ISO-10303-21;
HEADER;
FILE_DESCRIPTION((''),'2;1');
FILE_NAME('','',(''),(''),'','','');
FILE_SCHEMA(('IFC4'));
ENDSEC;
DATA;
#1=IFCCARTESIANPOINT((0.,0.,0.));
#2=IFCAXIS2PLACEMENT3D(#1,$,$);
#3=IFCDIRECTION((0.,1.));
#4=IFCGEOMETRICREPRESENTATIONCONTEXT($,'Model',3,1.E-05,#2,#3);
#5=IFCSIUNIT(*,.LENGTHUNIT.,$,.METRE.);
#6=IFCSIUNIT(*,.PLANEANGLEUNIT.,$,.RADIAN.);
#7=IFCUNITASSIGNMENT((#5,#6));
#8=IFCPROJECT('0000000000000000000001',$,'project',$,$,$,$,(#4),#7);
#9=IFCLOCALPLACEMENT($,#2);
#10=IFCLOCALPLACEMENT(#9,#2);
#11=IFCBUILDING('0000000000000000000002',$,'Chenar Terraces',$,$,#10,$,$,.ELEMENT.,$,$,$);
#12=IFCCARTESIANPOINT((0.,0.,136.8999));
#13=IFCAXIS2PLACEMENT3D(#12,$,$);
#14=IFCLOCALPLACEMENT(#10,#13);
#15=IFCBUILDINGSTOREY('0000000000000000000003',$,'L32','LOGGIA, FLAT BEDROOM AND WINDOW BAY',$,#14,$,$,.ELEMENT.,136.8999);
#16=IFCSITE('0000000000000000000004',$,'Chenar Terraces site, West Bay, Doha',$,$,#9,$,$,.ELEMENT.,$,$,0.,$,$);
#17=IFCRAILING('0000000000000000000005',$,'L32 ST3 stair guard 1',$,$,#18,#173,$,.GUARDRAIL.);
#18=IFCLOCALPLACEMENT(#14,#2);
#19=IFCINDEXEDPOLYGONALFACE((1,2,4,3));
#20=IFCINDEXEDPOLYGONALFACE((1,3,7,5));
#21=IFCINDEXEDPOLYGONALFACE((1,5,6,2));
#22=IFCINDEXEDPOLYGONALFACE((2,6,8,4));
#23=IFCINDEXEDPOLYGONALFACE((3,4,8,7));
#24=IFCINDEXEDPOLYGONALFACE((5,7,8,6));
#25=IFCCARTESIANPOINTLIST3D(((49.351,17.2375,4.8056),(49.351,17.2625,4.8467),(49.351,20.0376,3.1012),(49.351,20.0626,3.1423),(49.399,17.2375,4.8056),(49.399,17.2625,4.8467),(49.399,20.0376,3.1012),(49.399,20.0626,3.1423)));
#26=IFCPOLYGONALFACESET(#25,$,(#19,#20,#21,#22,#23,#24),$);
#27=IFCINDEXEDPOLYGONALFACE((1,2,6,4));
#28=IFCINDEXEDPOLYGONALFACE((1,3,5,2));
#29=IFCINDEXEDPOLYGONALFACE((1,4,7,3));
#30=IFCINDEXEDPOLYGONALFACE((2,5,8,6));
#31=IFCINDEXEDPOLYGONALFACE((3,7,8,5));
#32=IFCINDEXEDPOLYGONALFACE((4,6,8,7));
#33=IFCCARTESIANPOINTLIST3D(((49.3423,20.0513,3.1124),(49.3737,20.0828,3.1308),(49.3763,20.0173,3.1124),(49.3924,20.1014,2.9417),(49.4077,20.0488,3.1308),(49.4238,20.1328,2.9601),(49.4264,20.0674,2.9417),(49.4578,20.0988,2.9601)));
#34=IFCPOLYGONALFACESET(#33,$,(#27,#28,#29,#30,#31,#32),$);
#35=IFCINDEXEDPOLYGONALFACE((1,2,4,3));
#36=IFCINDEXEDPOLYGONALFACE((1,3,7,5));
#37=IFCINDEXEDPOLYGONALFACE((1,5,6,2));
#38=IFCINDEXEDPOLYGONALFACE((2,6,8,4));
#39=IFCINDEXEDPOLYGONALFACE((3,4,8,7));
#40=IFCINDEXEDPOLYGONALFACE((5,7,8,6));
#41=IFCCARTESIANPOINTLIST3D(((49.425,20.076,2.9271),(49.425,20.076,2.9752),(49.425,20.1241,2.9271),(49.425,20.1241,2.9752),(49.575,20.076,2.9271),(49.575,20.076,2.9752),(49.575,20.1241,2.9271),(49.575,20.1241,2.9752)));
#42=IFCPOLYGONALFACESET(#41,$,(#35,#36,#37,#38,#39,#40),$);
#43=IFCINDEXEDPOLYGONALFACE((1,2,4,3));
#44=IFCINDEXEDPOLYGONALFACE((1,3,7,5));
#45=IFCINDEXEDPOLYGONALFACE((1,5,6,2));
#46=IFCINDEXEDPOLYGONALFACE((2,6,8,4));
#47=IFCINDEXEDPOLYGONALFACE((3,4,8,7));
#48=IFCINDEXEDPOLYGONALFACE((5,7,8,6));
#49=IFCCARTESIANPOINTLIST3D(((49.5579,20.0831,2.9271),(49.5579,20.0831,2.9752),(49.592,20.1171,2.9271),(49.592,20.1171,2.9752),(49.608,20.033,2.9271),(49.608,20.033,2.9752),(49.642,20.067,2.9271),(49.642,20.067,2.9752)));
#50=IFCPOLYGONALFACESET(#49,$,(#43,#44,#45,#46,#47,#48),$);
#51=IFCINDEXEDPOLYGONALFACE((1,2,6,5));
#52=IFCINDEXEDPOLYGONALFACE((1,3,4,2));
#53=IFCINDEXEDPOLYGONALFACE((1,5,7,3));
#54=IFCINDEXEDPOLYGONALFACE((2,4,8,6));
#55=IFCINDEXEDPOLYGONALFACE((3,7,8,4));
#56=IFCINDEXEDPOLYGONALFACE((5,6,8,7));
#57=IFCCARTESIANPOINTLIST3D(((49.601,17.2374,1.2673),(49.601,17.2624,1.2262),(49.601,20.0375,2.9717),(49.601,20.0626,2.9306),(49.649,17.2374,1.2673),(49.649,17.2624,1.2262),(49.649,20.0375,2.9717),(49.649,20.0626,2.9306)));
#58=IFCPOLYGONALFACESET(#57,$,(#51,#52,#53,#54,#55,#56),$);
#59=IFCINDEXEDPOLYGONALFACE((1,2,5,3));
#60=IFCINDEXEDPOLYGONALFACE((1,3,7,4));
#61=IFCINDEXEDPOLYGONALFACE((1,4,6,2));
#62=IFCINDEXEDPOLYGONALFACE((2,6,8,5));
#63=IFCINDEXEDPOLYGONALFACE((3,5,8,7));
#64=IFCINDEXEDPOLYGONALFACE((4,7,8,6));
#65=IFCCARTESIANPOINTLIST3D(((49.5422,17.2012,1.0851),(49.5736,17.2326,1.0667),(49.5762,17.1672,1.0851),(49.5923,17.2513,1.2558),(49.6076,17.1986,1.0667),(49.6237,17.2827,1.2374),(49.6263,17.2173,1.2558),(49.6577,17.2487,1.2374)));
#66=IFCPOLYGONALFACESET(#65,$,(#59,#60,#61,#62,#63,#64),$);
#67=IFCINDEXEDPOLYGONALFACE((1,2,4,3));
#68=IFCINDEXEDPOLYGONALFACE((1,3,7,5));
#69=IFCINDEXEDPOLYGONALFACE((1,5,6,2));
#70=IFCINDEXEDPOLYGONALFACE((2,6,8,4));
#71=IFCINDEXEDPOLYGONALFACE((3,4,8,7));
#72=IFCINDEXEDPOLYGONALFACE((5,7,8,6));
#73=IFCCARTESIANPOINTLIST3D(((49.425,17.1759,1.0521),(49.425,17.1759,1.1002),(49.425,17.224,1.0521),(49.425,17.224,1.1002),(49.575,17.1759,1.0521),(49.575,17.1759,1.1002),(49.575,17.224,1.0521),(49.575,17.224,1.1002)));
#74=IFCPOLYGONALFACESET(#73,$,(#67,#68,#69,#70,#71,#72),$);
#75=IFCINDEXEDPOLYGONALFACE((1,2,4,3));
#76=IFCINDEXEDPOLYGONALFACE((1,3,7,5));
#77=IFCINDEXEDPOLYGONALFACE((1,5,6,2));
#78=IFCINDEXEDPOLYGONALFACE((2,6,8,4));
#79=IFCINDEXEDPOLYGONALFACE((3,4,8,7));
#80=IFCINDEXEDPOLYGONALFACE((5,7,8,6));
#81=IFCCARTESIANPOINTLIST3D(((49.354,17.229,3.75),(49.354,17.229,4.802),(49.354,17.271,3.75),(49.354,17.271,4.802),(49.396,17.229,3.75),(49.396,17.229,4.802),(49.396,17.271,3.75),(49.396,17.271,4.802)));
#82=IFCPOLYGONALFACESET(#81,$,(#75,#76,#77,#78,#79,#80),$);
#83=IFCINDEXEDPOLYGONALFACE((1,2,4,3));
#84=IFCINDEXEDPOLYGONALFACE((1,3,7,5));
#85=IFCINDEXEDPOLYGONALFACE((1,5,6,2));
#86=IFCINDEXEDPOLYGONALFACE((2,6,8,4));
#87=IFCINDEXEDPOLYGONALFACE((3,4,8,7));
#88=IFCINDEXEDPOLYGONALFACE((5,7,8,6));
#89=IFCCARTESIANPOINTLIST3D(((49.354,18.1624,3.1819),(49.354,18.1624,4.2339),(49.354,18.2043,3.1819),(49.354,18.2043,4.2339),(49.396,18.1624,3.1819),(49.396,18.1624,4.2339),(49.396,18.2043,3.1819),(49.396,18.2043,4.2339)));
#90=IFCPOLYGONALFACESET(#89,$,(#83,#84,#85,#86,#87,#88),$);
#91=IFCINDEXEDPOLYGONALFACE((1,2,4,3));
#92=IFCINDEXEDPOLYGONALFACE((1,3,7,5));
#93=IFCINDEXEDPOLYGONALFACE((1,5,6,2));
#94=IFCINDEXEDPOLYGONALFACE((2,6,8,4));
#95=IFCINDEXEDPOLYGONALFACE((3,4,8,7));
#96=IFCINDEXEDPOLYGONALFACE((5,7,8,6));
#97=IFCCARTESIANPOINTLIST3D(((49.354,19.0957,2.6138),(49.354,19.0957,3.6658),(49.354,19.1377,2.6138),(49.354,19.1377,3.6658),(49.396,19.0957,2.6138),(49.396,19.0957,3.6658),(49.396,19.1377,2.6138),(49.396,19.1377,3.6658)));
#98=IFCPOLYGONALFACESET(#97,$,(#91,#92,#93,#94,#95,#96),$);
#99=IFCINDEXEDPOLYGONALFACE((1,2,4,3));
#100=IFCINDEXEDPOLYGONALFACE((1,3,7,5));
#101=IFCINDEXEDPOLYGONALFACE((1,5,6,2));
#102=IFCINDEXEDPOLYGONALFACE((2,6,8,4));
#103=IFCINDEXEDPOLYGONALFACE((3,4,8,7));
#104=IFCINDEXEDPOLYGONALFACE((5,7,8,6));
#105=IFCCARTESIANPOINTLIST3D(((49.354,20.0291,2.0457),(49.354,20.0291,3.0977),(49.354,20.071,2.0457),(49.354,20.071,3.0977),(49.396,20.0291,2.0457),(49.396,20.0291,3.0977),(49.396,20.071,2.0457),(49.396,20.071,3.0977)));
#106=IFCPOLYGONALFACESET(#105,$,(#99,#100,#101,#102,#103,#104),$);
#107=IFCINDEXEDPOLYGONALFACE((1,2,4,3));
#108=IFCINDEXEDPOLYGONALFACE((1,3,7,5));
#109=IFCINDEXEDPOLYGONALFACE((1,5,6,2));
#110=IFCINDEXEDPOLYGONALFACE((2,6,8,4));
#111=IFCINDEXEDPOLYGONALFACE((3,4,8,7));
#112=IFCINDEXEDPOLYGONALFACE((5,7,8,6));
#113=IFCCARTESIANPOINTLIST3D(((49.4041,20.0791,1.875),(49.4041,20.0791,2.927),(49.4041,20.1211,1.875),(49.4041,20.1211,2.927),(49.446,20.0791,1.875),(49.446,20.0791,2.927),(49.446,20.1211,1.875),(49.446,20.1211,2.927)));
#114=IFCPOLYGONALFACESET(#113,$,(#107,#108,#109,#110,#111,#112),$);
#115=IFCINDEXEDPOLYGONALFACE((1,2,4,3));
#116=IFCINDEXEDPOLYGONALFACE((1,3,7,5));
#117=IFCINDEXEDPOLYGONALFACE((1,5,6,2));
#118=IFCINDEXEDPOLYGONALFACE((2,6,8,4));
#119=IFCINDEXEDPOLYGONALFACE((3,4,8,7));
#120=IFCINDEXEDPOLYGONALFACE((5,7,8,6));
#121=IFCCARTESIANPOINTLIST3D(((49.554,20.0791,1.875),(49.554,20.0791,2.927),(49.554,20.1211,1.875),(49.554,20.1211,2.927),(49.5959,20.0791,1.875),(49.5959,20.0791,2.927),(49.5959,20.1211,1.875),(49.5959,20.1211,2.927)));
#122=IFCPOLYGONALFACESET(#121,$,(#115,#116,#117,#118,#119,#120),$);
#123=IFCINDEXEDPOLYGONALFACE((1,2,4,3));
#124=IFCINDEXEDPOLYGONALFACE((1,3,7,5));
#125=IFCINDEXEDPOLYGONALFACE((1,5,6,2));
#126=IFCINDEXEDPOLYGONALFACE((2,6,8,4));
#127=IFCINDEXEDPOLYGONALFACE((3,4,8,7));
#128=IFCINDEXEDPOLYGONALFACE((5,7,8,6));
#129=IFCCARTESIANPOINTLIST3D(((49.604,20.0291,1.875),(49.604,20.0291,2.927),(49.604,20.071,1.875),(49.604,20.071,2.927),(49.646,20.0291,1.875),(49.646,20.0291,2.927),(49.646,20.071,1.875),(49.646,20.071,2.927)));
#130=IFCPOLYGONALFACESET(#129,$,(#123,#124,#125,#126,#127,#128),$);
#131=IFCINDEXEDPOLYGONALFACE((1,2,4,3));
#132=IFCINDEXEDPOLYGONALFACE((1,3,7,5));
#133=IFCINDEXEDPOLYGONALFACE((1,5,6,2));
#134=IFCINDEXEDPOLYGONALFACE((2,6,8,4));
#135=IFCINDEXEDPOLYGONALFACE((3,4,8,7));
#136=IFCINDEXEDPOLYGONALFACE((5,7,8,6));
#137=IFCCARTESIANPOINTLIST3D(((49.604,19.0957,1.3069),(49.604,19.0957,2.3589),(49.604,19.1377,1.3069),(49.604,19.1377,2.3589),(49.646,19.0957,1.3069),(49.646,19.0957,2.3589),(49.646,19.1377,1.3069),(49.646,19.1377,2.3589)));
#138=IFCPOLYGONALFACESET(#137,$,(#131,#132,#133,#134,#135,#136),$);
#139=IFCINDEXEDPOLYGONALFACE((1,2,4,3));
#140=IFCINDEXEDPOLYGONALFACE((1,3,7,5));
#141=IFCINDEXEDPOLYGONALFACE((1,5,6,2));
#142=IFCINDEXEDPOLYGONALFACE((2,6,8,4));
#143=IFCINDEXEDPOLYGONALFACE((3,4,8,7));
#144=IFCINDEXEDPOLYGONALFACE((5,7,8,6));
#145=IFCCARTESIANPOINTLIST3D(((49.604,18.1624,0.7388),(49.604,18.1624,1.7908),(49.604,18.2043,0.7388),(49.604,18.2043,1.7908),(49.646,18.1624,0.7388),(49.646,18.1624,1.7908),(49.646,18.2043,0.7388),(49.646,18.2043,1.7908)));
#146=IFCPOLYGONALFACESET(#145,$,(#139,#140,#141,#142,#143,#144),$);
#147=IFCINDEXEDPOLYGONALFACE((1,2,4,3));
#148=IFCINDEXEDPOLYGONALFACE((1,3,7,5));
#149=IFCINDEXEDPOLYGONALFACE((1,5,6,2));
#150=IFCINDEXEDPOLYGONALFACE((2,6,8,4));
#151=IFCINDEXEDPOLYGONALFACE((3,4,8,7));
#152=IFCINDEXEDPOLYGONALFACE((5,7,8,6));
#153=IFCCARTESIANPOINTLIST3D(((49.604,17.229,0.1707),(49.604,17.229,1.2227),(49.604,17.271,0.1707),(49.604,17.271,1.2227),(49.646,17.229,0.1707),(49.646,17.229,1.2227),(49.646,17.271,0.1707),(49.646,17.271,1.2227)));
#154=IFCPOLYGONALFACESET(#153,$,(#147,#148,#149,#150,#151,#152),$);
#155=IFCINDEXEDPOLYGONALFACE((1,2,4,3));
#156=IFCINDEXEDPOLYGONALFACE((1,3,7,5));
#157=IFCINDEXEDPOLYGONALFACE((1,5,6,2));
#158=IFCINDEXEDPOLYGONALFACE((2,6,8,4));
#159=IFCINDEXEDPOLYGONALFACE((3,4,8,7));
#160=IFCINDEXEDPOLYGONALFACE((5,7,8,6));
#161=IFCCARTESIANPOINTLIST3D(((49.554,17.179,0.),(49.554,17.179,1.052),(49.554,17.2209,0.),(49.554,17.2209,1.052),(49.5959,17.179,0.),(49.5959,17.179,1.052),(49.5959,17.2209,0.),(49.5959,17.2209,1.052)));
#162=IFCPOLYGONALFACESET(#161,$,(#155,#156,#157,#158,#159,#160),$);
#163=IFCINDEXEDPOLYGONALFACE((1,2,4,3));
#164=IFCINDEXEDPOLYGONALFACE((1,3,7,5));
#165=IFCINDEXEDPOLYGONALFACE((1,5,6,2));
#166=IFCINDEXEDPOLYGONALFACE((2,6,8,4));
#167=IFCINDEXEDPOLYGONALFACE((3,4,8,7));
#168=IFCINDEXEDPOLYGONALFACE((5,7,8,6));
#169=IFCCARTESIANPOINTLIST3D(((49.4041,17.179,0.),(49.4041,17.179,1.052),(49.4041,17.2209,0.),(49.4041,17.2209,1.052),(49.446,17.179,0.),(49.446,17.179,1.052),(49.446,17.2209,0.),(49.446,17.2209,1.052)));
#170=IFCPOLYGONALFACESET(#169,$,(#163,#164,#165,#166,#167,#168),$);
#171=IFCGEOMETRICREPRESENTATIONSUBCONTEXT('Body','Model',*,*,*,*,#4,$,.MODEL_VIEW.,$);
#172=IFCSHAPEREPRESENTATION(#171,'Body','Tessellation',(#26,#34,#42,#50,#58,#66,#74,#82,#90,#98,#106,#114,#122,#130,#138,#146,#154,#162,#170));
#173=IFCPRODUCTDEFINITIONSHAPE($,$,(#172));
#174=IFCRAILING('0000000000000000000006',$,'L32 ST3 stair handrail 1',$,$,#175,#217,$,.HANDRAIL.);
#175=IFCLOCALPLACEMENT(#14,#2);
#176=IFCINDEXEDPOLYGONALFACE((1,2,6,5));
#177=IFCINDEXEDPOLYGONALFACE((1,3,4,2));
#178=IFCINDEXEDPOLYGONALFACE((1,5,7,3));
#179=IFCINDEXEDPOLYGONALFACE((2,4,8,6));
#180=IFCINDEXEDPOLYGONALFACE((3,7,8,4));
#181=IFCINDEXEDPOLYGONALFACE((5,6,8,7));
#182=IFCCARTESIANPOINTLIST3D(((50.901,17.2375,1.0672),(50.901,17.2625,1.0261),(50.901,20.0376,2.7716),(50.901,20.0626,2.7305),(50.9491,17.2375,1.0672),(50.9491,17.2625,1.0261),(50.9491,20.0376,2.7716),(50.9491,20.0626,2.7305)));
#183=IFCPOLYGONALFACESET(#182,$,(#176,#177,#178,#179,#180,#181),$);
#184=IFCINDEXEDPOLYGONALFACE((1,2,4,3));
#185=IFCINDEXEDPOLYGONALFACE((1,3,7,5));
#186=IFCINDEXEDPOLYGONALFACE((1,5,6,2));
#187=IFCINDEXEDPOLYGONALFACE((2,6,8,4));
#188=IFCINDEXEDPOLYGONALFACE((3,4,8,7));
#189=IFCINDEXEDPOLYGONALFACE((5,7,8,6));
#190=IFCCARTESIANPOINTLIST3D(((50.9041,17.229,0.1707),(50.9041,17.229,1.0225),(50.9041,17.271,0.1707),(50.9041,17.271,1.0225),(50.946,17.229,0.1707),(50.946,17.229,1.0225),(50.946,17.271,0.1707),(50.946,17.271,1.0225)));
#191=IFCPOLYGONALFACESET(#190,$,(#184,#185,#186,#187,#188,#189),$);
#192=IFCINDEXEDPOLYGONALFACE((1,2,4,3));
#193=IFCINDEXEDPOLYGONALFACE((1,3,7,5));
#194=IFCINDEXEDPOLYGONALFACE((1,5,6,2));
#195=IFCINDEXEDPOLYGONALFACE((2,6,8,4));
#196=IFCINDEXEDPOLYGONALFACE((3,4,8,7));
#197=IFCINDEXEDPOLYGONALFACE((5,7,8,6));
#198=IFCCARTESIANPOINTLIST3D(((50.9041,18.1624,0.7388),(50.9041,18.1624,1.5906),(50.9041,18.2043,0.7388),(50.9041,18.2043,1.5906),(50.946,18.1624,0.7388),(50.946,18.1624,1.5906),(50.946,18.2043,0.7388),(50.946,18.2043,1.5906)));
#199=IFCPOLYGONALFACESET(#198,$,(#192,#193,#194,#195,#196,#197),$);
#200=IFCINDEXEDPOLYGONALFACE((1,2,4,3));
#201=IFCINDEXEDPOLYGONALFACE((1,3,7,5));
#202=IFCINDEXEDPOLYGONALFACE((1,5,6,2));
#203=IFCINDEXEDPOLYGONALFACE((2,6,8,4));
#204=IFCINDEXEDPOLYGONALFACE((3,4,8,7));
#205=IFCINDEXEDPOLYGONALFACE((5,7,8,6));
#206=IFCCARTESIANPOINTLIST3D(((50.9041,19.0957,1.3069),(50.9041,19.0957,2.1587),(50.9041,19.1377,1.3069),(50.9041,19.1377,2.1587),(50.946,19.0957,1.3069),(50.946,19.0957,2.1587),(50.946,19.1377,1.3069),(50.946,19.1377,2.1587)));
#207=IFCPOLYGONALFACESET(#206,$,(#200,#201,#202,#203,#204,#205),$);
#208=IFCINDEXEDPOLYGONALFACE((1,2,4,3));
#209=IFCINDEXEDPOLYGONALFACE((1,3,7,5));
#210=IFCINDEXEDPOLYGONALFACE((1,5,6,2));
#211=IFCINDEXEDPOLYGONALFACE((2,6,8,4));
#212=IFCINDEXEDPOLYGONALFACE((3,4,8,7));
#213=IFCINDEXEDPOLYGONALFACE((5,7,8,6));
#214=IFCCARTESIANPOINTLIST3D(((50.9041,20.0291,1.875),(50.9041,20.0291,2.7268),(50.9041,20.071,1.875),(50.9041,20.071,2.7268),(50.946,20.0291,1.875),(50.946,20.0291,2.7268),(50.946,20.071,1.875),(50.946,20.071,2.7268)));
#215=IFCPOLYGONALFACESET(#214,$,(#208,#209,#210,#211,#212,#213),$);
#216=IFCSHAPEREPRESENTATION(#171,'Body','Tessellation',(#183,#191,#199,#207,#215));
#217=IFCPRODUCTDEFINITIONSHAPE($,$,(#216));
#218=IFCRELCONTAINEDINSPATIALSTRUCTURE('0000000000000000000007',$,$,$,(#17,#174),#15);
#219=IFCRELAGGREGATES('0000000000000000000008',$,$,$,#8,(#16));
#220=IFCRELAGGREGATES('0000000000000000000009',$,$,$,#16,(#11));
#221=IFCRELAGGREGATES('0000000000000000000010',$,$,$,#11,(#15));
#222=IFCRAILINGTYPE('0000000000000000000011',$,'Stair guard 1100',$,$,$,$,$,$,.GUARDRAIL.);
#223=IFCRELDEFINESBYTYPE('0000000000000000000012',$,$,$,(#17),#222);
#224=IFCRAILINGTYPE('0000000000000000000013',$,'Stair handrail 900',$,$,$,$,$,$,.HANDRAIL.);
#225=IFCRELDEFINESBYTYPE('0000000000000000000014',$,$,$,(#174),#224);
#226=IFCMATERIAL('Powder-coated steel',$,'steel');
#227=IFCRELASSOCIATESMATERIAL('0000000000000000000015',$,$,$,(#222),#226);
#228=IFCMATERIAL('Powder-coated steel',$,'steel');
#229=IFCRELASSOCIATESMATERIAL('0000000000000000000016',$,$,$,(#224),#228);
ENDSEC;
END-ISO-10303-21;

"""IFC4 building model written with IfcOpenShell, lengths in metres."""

from ifc_helpers import new_model, si_unit, direction, frame, origin, origin_2d, place, context, subcontext, project, spatial, rectangle, extrude, material, type_object, element, save


model = new_model("IFC4")

# Units and contexts
model_context = context("Model", 3, precision=1e-05, world=origin(), true_north=direction((0.0, 1.0)))
body_context = subcontext(model_context, "Body", "Model", "MODEL_VIEW")
ifc_project = project(units=[si_unit("LENGTHUNIT", "METRE"), si_unit("PLANEANGLEUNIT", "RADIAN")], contexts=[model_context])

# Site, building, storey
site_placement = place(None, origin())
site = spatial("IfcSite", under=ifc_project, at=site_placement, Name="Chenar Terraces site, West Bay, Doha", CompositionType="ELEMENT", RefElevation=0.0)
building_placement = place(site_placement, origin())
building = spatial("IfcBuilding", under=site, at=building_placement, Name="Chenar Terraces", CompositionType="ELEMENT")
storey_placement = place(building_placement, frame((0.0, 0.0, 136.8999)))
storey = spatial("IfcBuildingStorey", under=building, at=storey_placement, Name="L32", Description="LOGGIA, FLAT BEDROOM AND WINDOW BAY", CompositionType="ELEMENT", Elevation=136.8999)

# Railings
ifc_material_1 = material(Name="Powder-coated steel", Category="steel")
railing_type_1 = type_object("IfcRailingType", Name="Stair guard 1100", PredefinedType="GUARDRAIL", material=ifc_material_1)
railing_1_placement = place(storey_placement, frame((49.375, 17.25, 3.75)))
element("IfcRailing", 1, at=railing_1_placement, inside=storey, type_object=railing_type_1, Name="L32 ST3 stair guard 1", PredefinedType="GUARDRAIL", context=body_context, shape_type="SweptSolid", body=[
    extrude(rectangle(XDim=0.0481, YDim=0.0481, at=origin_2d()), frame((0.0, 0.0, 1.0762), z_axis=(0.0, 0.854203, -0.51994), x_axis=(-1.0, 0.0, 0.0)), (0.0, 0.0, 1.0), 3.2781),
    extrude(rectangle(XDim=0.0481, YDim=0.0481, at=origin_2d()), frame((0.0, 2.8, -0.6284), z_axis=(0.2709, 0.2709, -0.923703), x_axis=(-0.707107, 0.707107, 0.0)), (0.0, 0.0, 1.0), 0.1848),
    extrude(rectangle(XDim=0.0481, YDim=0.0481, at=origin_2d()), frame((0.05, 2.8501, -0.7988), z_axis=(1.0, 0.0, 0.0), x_axis=(0.0, 1.0, 0.0)), (0.0, 0.0, 1.0), 0.1499),
    extrude(rectangle(XDim=0.0481, YDim=0.0481, at=origin_2d()), frame((0.2, 2.8501, -0.7988), z_axis=(0.707107, -0.707107, 0.0), x_axis=(0.707107, 0.707107, 0.0)), (0.0, 0.0, 1.0), 0.0708),
    extrude(rectangle(XDim=0.0481, YDim=0.0481, at=origin_2d()), frame((0.25, 2.8, -0.7988), z_axis=(0.0, -0.854203, -0.51994), x_axis=(1.0, 0.0, 0.0)), (0.0, 0.0, 1.0), 3.2781),
    extrude(rectangle(XDim=0.0481, YDim=0.0481, at=origin_2d()), frame((0.25, 0.0, -2.5034), z_axis=(-0.2709, -0.2709, -0.923703), x_axis=(0.707107, -0.707107, 0.0)), (0.0, 0.0, 1.0), 0.1848),
    extrude(rectangle(XDim=0.0481, YDim=0.0481, at=origin_2d()), frame((0.2, -0.05, -2.6738), z_axis=(-1.0, 0.0, 0.0), x_axis=(0.0, -1.0, 0.0)), (0.0, 0.0, 1.0), 0.1499),
    extrude(rectangle(XDim=0.042, YDim=0.042, at=origin_2d()), origin(), (0.0, 0.0, 1.0), 1.052),
    extrude(rectangle(XDim=0.042, YDim=0.042, at=origin_2d()), frame((0.0, 0.9333, -0.5681)), (0.0, 0.0, 1.0), 1.052),
    extrude(rectangle(XDim=0.042, YDim=0.042, at=origin_2d()), frame((0.0, 1.8667, -1.1362)), (0.0, 0.0, 1.0), 1.052),
    extrude(rectangle(XDim=0.042, YDim=0.042, at=origin_2d()), frame((0.0, 2.8, -1.7043)), (0.0, 0.0, 1.0), 1.052),
    extrude(rectangle(XDim=0.042, YDim=0.042, at=origin_2d()), frame((0.05, 2.8501, -1.875)), (0.0, 0.0, 1.0), 1.052),
    extrude(rectangle(XDim=0.042, YDim=0.042, at=origin_2d()), frame((0.2, 2.8501, -1.875)), (0.0, 0.0, 1.0), 1.052),
    extrude(rectangle(XDim=0.042, YDim=0.042, at=origin_2d()), frame((0.25, 2.8, -1.875)), (0.0, 0.0, 1.0), 1.052),
    extrude(rectangle(XDim=0.042, YDim=0.042, at=origin_2d()), frame((0.25, 1.8667, -2.4431)), (0.0, 0.0, 1.0), 1.052),
    extrude(rectangle(XDim=0.042, YDim=0.042, at=origin_2d()), frame((0.25, 0.9333, -3.0112)), (0.0, 0.0, 1.0), 1.052),
    extrude(rectangle(XDim=0.042, YDim=0.042, at=origin_2d()), frame((0.25, 0.0, -3.5793)), (0.0, 0.0, 1.0), 1.052),
    extrude(rectangle(XDim=0.042, YDim=0.042, at=origin_2d()), frame((0.2, -0.05, -3.75)), (0.0, 0.0, 1.0), 1.052),
    extrude(rectangle(XDim=0.042, YDim=0.042, at=origin_2d()), frame((0.05, -0.05, -3.75)), (0.0, 0.0, 1.0), 1.052),
])
ifc_material_2 = material(Name="Powder-coated steel", Category="steel")
railing_type_2 = type_object("IfcRailingType", Name="Stair handrail 900", PredefinedType="HANDRAIL", material=ifc_material_2)
railing_2_placement = place(storey_placement, frame((50.925, 17.25, 0.1707)))
element("IfcRailing", 2, at=railing_2_placement, inside=storey, type_object=railing_type_2, Name="L32 ST3 stair handrail 1", PredefinedType="HANDRAIL", context=body_context, shape_type="SweptSolid", body=[
    extrude(rectangle(XDim=0.0481, YDim=0.0481, at=origin_2d()), frame((0.0, 0.0, 0.876), z_axis=(0.0, 0.854203, 0.51994), x_axis=(-1.0, 0.0, 0.0)), (0.0, 0.0, 1.0), 3.2781),
    extrude(rectangle(XDim=0.042, YDim=0.042, at=origin_2d()), origin(), (0.0, 0.0, 1.0), 0.8518),
    extrude(rectangle(XDim=0.042, YDim=0.042, at=origin_2d()), frame((0.0, 0.9333, 0.5681)), (0.0, 0.0, 1.0), 0.8518),
    extrude(rectangle(XDim=0.042, YDim=0.042, at=origin_2d()), frame((0.0, 1.8667, 1.1362)), (0.0, 0.0, 1.0), 0.8518),
    extrude(rectangle(XDim=0.042, YDim=0.042, at=origin_2d()), frame((0.0, 2.8, 1.7043)), (0.0, 0.0, 1.0), 0.8518),
])

save(model, "model.ifc")
